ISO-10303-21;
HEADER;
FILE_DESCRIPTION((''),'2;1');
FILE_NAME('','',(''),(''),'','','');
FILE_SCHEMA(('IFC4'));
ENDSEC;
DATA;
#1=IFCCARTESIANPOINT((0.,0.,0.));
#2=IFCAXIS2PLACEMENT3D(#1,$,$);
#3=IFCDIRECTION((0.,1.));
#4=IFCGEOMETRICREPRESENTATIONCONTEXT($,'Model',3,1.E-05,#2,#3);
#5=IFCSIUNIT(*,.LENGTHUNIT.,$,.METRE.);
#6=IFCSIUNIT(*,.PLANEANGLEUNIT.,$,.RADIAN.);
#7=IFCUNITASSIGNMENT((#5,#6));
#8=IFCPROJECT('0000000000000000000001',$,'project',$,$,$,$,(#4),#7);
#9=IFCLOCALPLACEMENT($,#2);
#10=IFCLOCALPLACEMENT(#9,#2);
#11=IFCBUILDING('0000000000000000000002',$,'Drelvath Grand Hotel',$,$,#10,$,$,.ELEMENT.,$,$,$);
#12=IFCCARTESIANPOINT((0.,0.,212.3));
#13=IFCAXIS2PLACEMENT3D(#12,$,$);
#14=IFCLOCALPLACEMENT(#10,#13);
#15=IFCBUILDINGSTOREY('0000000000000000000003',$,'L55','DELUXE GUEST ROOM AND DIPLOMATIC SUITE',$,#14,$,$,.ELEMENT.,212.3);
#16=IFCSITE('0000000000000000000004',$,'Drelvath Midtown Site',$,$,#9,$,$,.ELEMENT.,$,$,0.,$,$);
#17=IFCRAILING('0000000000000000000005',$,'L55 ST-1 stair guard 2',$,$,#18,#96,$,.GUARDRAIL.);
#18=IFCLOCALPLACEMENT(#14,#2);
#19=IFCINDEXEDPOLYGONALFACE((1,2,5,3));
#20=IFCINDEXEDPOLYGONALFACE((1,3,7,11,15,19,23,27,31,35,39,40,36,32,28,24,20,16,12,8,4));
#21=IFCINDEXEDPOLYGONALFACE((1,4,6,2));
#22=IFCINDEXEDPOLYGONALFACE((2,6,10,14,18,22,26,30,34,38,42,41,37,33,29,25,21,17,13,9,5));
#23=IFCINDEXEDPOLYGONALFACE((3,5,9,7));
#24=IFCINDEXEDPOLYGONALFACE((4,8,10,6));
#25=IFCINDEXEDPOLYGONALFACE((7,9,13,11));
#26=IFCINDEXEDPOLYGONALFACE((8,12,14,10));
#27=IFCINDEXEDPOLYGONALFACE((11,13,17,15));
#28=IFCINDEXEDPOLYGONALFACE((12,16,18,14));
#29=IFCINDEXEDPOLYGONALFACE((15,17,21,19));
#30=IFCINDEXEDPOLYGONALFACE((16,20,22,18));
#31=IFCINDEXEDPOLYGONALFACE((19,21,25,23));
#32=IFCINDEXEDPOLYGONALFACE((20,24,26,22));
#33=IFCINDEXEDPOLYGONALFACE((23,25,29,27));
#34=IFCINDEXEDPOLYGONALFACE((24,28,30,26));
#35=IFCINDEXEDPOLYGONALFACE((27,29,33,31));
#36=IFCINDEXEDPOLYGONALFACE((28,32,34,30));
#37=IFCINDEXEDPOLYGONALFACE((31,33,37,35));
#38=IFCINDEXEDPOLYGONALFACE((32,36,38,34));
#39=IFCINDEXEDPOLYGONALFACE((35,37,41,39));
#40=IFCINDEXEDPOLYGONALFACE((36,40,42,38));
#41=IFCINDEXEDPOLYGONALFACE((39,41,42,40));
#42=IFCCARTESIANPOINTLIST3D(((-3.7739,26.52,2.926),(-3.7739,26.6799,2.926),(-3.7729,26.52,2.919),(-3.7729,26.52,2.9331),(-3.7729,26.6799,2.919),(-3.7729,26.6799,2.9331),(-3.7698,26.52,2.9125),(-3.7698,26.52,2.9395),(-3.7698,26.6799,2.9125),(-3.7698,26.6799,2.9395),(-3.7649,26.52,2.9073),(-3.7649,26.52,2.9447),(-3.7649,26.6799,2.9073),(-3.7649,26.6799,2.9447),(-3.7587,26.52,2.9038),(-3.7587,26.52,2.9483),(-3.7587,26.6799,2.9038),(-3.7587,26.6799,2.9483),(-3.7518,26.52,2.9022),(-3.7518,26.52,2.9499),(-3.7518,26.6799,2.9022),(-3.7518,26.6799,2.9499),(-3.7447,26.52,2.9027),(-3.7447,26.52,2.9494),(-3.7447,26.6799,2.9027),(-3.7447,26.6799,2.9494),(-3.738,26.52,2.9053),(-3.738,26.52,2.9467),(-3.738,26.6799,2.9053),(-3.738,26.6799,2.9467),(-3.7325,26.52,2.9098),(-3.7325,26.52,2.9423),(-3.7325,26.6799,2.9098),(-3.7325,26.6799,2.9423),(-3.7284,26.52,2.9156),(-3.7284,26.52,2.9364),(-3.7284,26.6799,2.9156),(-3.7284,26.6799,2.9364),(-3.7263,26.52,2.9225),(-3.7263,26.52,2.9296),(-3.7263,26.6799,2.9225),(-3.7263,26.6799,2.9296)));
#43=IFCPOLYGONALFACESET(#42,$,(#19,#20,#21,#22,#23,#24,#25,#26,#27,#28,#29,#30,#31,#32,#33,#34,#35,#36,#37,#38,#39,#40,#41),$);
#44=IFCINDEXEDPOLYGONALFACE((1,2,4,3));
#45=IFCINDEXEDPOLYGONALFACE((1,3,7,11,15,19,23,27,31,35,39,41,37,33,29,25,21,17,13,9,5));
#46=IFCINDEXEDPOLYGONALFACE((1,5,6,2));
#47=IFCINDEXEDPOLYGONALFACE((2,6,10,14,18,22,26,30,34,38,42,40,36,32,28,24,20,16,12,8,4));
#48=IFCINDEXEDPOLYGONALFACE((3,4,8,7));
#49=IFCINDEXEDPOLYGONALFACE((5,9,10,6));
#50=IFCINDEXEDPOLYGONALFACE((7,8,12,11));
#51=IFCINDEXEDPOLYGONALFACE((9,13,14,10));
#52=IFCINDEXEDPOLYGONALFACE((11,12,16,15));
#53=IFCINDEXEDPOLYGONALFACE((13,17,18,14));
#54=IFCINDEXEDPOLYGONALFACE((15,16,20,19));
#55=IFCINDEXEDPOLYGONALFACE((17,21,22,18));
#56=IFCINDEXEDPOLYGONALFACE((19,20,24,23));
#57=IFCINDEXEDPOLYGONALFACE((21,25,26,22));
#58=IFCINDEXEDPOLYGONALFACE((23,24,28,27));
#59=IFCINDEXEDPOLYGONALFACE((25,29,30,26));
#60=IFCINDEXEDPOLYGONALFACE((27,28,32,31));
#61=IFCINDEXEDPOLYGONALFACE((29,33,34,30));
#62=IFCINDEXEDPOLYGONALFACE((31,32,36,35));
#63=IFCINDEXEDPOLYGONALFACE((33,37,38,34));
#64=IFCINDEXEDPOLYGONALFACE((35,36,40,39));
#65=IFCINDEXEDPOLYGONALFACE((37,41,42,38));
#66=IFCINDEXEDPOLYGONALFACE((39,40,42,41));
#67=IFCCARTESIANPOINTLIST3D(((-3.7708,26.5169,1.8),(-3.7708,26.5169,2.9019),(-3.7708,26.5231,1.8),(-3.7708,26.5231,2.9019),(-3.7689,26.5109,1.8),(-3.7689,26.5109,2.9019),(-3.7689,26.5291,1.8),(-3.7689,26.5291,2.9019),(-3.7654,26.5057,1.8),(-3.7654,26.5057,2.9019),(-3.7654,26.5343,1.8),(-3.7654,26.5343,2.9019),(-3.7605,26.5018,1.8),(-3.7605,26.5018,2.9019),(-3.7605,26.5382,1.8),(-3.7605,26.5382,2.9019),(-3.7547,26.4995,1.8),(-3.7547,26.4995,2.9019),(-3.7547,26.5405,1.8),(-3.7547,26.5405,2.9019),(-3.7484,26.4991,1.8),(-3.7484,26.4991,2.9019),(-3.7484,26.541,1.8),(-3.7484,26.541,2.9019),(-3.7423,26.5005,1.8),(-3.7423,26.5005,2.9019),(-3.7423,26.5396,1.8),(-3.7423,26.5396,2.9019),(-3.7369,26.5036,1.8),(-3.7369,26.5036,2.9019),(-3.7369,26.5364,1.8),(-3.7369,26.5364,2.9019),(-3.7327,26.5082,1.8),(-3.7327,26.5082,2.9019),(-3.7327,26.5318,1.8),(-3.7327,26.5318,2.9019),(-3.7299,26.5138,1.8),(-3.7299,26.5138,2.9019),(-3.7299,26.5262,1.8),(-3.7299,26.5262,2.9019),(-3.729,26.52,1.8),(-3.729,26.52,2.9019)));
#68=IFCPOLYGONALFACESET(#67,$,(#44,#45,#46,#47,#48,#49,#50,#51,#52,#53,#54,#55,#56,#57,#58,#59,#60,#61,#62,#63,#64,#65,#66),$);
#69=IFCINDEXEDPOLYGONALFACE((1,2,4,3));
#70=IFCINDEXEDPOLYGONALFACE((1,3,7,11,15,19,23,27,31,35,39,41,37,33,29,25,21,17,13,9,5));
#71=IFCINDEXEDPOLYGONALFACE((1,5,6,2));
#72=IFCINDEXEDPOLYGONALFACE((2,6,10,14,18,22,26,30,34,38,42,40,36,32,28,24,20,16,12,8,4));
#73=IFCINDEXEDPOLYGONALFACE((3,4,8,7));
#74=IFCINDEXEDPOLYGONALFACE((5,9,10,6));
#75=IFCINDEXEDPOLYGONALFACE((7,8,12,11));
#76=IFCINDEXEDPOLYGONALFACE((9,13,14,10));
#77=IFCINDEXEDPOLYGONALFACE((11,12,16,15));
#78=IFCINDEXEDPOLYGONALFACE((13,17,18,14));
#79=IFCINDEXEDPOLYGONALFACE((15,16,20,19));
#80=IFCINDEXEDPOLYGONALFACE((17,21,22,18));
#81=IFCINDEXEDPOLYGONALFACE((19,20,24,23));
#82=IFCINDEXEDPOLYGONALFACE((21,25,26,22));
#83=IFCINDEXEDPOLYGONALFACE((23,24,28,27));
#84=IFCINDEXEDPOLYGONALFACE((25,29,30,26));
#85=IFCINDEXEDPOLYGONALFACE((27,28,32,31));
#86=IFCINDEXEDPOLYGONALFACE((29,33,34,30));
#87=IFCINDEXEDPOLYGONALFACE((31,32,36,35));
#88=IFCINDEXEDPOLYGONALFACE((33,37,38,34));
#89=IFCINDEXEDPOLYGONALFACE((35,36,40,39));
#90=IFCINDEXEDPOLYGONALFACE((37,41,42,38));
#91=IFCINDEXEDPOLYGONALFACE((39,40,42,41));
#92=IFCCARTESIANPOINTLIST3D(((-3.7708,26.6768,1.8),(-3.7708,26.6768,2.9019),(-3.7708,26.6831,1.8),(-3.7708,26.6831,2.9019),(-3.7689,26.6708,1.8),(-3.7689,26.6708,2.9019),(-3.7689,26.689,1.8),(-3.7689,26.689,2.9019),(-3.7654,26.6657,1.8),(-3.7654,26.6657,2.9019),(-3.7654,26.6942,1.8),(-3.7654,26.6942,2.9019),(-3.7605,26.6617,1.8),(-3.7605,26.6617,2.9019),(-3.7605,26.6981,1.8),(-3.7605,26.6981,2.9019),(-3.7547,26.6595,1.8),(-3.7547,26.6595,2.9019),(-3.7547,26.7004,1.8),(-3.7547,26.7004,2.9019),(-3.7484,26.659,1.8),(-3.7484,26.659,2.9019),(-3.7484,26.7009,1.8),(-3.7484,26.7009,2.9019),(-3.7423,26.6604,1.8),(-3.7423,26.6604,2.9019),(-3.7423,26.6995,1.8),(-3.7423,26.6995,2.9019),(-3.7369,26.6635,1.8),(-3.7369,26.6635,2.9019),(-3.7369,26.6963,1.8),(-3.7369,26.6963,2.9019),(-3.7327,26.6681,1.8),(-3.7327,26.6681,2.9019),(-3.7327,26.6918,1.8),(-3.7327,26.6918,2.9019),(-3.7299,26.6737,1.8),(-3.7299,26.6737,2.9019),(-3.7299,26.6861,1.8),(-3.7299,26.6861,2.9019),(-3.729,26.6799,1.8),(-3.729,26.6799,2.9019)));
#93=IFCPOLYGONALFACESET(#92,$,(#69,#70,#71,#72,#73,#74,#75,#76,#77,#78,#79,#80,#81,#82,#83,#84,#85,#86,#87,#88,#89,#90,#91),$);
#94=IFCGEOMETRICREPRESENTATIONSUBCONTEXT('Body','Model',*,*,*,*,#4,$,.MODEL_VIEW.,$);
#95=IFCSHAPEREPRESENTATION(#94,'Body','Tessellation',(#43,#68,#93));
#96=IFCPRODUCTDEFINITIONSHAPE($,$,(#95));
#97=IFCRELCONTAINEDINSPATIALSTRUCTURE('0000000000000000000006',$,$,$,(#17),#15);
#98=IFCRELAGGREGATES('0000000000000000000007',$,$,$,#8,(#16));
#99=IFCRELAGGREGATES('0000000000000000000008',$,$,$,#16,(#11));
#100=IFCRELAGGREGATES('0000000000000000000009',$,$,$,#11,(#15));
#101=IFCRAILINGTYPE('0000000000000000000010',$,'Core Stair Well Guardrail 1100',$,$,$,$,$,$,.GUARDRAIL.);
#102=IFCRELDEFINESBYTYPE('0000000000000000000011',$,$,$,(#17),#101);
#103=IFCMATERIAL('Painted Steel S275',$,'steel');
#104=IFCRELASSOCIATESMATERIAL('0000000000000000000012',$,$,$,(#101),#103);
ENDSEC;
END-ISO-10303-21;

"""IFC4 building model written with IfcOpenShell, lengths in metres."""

from ifc_helpers import new_model, si_unit, direction, frame, origin, origin_2d, place, context, subcontext, project, spatial, circle, extrude, material, type_object, element, save


model = new_model("IFC4")

# Units and contexts
model_context = context("Model", 3, precision=1e-05, world=origin(), true_north=direction((0.0, 1.0)))
body_context = subcontext(model_context, "Body", "Model", "MODEL_VIEW")
ifc_project = project(units=[si_unit("LENGTHUNIT", "METRE"), si_unit("PLANEANGLEUNIT", "RADIAN")], contexts=[model_context])

# Site, building, storey
site_placement = place(None, origin())
site = spatial("IfcSite", under=ifc_project, at=site_placement, Name="Drelvath Midtown Site", CompositionType="ELEMENT", RefElevation=0.0)
building_placement = place(site_placement, origin())
building = spatial("IfcBuilding", under=site, at=building_placement, Name="Drelvath Grand Hotel", CompositionType="ELEMENT")
storey_placement = place(building_placement, frame((0.0, 0.0, 212.3)))
storey = spatial("IfcBuildingStorey", under=building, at=storey_placement, Name="L55", Description="DELUXE GUEST ROOM AND DIPLOMATIC SUITE", CompositionType="ELEMENT", Elevation=212.3)

# Shared definitions
ifc_material_1 = material(Name="Painted Steel S275", Category="steel")

# Railing
railing_type_1 = type_object("IfcRailingType", Name="Core Stair Well Guardrail 1100", PredefinedType="GUARDRAIL", material=ifc_material_1)
railing_1_placement = place(storey_placement, frame((-3.75, 26.52, 1.8)))
element("IfcRailing", 1, at=railing_1_placement, inside=storey, type_object=railing_type_1, Name="L55 ST-1 stair guard 2", PredefinedType="GUARDRAIL", context=body_context, shape_type="SweptSolid", body=[
    extrude(circle(Radius=0.0239, at=origin_2d()), frame((0.0, 0.0, 1.126), z_axis=(0.0, 1.0, 0.0), x_axis=(-1.0, 0.0, 0.0)), (0.0, 0.0, 1.0), 0.1599),
    extrude(circle(Radius=0.021, at=origin_2d()), origin(), (0.0, 0.0, 1.0), 1.1018),
    extrude(circle(Radius=0.021, at=origin_2d()), frame((0.0, 0.1599, 0.0)), (0.0, 0.0, 1.0), 1.1018),
])

save(model, "model.ifc")
